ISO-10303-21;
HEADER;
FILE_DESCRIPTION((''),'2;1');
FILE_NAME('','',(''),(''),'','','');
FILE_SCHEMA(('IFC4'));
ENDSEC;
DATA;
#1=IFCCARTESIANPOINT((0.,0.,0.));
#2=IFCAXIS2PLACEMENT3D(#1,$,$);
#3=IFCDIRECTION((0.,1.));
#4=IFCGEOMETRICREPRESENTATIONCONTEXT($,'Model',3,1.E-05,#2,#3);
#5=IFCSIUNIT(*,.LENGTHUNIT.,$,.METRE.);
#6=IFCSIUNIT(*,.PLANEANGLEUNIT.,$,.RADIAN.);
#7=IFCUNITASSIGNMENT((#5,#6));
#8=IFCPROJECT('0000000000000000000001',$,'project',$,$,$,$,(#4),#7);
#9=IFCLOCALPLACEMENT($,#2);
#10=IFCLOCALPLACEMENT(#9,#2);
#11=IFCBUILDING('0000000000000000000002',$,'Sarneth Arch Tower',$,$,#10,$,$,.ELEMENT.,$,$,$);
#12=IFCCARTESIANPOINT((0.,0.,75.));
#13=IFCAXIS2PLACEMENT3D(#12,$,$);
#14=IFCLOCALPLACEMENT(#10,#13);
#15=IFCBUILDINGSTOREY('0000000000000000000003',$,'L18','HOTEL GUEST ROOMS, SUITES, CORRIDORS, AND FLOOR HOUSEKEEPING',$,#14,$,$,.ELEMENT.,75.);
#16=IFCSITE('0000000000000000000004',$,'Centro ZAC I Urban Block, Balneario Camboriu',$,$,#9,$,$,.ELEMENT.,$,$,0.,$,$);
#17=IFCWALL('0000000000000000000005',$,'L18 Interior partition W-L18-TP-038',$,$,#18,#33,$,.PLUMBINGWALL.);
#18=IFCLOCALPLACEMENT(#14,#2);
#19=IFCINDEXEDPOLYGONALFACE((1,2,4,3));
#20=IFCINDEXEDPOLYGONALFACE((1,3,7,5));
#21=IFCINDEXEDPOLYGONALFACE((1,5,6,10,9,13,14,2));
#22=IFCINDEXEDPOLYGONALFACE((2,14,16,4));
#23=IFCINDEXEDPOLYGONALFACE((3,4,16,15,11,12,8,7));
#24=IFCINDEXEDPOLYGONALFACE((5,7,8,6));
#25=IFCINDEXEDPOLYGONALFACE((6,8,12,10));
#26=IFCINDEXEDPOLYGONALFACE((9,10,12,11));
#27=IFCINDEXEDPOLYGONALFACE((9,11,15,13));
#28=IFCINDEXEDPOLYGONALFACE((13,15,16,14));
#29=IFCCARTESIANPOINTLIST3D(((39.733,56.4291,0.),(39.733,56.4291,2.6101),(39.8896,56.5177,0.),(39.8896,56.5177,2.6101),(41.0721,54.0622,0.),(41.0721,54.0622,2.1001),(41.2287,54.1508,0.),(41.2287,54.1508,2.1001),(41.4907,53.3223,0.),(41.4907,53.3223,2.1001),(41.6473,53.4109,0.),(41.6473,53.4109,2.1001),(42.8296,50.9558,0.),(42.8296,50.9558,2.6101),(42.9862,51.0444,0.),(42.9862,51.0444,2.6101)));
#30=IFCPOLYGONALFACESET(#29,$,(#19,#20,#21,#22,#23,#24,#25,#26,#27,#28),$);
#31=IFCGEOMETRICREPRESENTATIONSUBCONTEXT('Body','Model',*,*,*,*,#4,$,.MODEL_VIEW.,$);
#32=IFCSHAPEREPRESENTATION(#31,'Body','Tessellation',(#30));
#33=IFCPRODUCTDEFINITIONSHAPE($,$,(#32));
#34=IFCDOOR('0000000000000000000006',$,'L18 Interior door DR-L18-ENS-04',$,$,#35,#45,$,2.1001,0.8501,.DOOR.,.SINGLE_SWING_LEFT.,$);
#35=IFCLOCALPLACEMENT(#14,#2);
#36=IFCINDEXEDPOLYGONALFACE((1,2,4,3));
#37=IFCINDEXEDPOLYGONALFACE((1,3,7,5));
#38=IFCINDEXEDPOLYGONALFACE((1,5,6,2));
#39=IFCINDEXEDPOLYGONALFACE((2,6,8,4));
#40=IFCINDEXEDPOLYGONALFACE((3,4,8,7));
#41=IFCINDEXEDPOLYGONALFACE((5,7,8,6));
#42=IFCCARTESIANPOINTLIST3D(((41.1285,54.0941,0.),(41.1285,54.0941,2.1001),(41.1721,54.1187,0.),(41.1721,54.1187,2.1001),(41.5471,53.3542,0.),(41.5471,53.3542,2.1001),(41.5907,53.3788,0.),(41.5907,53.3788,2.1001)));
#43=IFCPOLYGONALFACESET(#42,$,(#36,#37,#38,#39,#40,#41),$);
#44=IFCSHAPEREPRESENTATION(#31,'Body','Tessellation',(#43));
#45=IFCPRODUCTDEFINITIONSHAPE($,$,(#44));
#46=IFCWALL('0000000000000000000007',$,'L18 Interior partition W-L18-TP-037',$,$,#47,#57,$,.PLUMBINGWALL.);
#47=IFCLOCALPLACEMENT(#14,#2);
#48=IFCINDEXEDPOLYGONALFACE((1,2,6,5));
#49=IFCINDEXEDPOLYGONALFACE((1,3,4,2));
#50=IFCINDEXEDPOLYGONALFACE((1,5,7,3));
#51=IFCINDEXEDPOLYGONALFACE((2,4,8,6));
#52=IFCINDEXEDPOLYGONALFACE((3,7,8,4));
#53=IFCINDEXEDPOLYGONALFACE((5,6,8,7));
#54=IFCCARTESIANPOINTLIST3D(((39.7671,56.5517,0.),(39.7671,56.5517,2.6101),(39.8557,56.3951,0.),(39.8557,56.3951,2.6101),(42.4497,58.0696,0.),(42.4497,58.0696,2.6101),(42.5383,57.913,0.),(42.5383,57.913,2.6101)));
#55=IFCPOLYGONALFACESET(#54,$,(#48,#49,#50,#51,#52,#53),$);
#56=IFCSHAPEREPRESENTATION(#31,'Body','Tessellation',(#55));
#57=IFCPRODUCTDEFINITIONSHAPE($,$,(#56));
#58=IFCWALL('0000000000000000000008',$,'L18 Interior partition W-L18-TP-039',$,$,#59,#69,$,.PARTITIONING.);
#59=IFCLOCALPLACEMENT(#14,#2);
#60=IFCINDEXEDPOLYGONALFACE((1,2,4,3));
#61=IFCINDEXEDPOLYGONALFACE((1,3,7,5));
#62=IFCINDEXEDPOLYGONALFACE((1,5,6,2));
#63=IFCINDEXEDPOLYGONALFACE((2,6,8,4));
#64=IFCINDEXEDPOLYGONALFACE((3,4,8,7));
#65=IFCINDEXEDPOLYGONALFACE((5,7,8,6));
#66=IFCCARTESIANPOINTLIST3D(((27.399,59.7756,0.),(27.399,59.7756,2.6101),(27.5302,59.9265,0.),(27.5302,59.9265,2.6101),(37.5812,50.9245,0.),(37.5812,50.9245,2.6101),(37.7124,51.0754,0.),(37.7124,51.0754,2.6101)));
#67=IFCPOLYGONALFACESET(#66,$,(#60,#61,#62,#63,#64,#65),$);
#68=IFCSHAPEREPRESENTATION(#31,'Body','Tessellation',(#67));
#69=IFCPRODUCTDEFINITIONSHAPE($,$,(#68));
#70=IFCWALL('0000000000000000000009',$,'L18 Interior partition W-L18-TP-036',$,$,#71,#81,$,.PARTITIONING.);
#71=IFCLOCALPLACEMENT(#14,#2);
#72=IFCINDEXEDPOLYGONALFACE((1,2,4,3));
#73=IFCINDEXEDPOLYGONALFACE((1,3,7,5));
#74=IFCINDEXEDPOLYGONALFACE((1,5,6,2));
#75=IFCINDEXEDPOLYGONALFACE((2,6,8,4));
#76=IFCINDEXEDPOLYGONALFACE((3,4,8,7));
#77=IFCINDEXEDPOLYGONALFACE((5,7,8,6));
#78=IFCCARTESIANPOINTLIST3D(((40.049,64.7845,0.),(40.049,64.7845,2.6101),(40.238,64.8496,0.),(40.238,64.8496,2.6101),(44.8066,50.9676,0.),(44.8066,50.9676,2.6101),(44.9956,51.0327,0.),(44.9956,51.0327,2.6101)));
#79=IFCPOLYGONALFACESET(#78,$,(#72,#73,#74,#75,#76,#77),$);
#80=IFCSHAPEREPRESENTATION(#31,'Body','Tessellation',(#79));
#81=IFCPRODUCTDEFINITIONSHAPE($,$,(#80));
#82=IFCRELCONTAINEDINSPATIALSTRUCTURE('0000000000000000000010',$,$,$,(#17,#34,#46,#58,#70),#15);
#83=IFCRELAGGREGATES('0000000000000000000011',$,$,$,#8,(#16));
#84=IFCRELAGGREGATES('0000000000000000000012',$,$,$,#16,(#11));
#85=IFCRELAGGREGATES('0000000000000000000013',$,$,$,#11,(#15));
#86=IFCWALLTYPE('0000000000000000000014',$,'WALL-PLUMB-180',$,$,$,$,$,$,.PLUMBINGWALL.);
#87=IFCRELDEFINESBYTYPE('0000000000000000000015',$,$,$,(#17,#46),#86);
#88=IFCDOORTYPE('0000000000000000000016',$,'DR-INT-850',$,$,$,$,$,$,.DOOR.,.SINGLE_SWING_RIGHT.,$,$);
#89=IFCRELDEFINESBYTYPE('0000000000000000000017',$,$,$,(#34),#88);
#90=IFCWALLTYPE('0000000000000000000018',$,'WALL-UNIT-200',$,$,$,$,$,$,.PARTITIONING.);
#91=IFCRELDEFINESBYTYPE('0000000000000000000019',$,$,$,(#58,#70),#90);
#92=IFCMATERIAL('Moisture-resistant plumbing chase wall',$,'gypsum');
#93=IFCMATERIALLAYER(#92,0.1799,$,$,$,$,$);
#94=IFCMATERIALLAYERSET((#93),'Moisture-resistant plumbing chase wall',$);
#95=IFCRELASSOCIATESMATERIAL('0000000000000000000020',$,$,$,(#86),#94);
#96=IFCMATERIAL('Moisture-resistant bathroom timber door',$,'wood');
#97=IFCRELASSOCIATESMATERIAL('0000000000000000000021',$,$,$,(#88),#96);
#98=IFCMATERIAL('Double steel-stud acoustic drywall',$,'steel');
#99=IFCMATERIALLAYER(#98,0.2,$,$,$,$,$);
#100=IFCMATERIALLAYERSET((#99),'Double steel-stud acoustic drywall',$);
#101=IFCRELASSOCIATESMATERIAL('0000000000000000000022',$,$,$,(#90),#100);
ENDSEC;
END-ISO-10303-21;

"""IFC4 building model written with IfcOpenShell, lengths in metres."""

from ifc_helpers import new_model, si_unit, direction, frame, frame_2d, origin, place, context, subcontext, project, spatial, rectangle, extrude, material, layer, layer_set, type_object, element, fill, save


model = new_model("IFC4")

# Units and contexts
model_context = context("Model", 3, precision=1e-05, world=origin(), true_north=direction((0.0, 1.0)))
body_context = subcontext(model_context, "Body", "Model", "MODEL_VIEW")
ifc_project = project(units=[si_unit("LENGTHUNIT", "METRE"), si_unit("PLANEANGLEUNIT", "RADIAN")], contexts=[model_context])

# Site, building, storey
site_placement = place(None, origin())
site = spatial("IfcSite", under=ifc_project, at=site_placement, Name="Centro ZAC I Urban Block, Balneario Camboriu", CompositionType="ELEMENT", RefElevation=0.0)
building_placement = place(site_placement, origin())
building = spatial("IfcBuilding", under=site, at=building_placement, Name="Sarneth Arch Tower", CompositionType="ELEMENT")
storey_placement = place(building_placement, frame((0.0, 0.0, 75.0)))
storey = spatial("IfcBuildingStorey", under=building, at=storey_placement, Name="L18", Description="HOTEL GUEST ROOMS, SUITES, CORRIDORS, AND FLOOR HOUSEKEEPING", CompositionType="ELEMENT", Elevation=75.0)

# Wall, opening, door
ifc_material_1 = material(Name="Moisture-resistant plumbing chase wall", Category="gypsum")
ifc_layer_1 = layer(ifc_material_1, 0.1799)
ifc_layer_set_1 = layer_set([ifc_layer_1], Name="Moisture-resistant plumbing chase wall")
wall_type_1 = type_object("IfcWallType", Name="WALL-PLUMB-180", PredefinedType="PLUMBINGWALL", material=ifc_layer_set_1)
wall_1_placement = place(storey_placement, frame((39.8113, 56.4734, 0.0), z_axis=(0.0, 0.0, 1.0), x_axis=(0.492422, -0.870357, 0.0)))
wall_1 = element("IfcWall", 1, at=wall_1_placement, inside=storey, type_object=wall_type_1, Name="L18 Interior partition W-L18-TP-038", PredefinedType="PLUMBINGWALL", context=body_context, shape_type="SweptSolid", body=[
    extrude(rectangle(XDim=6.2886, YDim=0.1799, at=frame_2d((3.1443, 0.0))), origin(), (0.0, 0.0, 1.0), 2.6101),
])
opening_1_placement = place(wall_1_placement, frame((2.7195, 0.0, 0.0)))
opening_1 = element("IfcOpeningElement", 2, at=opening_1_placement, cuts=wall_1, PredefinedType="OPENING", context=body_context, shape_type="SweptSolid", body=[
    extrude(rectangle(XDim=0.8501, YDim=2.1001, at=frame_2d((0.425, 1.05))), frame((0.0, 0.0999, 0.0), z_axis=(0.0, -1.0, 0.0), x_axis=(1.0, 0.0, 0.0)), (0.0, 0.0, 1.0), 0.2),
])
ifc_material_2 = material(Name="Moisture-resistant bathroom timber door", Category="wood")
door_type_1 = type_object("IfcDoorType", Name="DR-INT-850", OperationType="SINGLE_SWING_RIGHT", PredefinedType="DOOR", material=ifc_material_2)
door_1_placement = place(opening_1_placement, origin())
door_1 = element("IfcDoor", 3, at=door_1_placement, inside=storey, type_object=door_type_1, Name="L18 Interior door DR-L18-ENS-04", OperationType="SINGLE_SWING_LEFT", OverallHeight=2.1001, OverallWidth=0.8501, PredefinedType="DOOR", context=body_context, shape_type="SweptSolid", body=[
    extrude(rectangle(XDim=0.8501, YDim=2.1001, at=frame_2d((0.425, 1.05))), frame((0.0, 0.0249, 0.0), z_axis=(0.0, -1.0, 0.0), x_axis=(1.0, 0.0, 0.0)), (0.0, 0.0, 1.0), 0.05),
])
fill(opening_1, door_1)

# Walls
wall_2_placement = place(storey_placement, frame((42.4939, 57.9912, 0.0), z_axis=(0.0, 0.0, 1.0), x_axis=(-0.870346, -0.492441, 0.0)))
element("IfcWall", 4, at=wall_2_placement, inside=storey, type_object=wall_type_1, Name="L18 Interior partition W-L18-TP-037", PredefinedType="PLUMBINGWALL", context=body_context, shape_type="SweptSolid", body=[
    extrude(rectangle(XDim=3.0823, YDim=0.1799, at=frame_2d((1.541, 0.0))), origin(), (0.0, 0.0, 1.0), 2.6101),
])
ifc_material_3 = material(Name="Double steel-stud acoustic drywall", Category="steel")
ifc_layer_2 = layer(ifc_material_3, 0.2)
ifc_layer_set_2 = layer_set([ifc_layer_2], Name="Double steel-stud acoustic drywall")
wall_type_2 = type_object("IfcWallType", Name="WALL-UNIT-200", PredefinedType="PARTITIONING", material=ifc_layer_set_2)
wall_3_placement = place(storey_placement, frame((37.6467, 51.0, 0.0), z_axis=(0.0, 0.0, 1.0), x_axis=(-0.754714, 0.656054, 0.0)))
element("IfcWall", 5, at=wall_3_placement, inside=storey, type_object=wall_type_2, Name="L18 Interior partition W-L18-TP-039", PredefinedType="PARTITIONING", context=body_context, shape_type="SweptSolid", body=[
    extrude(rectangle(XDim=13.4915, YDim=0.2, at=frame_2d((6.7456, 0.0))), origin(), (0.0, 0.0, 1.0), 2.6101),
])
wall_4_placement = place(storey_placement, frame((44.9011, 51.0, 0.0), z_axis=(0.0, 0.0, 1.0), x_axis=(-0.32557, 0.945518, 0.0)))
element("IfcWall", 6, at=wall_4_placement, inside=storey, type_object=wall_type_2, Name="L18 Interior partition W-L18-TP-036", PredefinedType="PARTITIONING", context=body_context, shape_type="SweptSolid", body=[
    extrude(rectangle(XDim=14.613, YDim=0.2, at=frame_2d((7.3066, 0.0))), origin(), (0.0, 0.0, 1.0), 2.6101),
])

save(model, "model.ifc")
